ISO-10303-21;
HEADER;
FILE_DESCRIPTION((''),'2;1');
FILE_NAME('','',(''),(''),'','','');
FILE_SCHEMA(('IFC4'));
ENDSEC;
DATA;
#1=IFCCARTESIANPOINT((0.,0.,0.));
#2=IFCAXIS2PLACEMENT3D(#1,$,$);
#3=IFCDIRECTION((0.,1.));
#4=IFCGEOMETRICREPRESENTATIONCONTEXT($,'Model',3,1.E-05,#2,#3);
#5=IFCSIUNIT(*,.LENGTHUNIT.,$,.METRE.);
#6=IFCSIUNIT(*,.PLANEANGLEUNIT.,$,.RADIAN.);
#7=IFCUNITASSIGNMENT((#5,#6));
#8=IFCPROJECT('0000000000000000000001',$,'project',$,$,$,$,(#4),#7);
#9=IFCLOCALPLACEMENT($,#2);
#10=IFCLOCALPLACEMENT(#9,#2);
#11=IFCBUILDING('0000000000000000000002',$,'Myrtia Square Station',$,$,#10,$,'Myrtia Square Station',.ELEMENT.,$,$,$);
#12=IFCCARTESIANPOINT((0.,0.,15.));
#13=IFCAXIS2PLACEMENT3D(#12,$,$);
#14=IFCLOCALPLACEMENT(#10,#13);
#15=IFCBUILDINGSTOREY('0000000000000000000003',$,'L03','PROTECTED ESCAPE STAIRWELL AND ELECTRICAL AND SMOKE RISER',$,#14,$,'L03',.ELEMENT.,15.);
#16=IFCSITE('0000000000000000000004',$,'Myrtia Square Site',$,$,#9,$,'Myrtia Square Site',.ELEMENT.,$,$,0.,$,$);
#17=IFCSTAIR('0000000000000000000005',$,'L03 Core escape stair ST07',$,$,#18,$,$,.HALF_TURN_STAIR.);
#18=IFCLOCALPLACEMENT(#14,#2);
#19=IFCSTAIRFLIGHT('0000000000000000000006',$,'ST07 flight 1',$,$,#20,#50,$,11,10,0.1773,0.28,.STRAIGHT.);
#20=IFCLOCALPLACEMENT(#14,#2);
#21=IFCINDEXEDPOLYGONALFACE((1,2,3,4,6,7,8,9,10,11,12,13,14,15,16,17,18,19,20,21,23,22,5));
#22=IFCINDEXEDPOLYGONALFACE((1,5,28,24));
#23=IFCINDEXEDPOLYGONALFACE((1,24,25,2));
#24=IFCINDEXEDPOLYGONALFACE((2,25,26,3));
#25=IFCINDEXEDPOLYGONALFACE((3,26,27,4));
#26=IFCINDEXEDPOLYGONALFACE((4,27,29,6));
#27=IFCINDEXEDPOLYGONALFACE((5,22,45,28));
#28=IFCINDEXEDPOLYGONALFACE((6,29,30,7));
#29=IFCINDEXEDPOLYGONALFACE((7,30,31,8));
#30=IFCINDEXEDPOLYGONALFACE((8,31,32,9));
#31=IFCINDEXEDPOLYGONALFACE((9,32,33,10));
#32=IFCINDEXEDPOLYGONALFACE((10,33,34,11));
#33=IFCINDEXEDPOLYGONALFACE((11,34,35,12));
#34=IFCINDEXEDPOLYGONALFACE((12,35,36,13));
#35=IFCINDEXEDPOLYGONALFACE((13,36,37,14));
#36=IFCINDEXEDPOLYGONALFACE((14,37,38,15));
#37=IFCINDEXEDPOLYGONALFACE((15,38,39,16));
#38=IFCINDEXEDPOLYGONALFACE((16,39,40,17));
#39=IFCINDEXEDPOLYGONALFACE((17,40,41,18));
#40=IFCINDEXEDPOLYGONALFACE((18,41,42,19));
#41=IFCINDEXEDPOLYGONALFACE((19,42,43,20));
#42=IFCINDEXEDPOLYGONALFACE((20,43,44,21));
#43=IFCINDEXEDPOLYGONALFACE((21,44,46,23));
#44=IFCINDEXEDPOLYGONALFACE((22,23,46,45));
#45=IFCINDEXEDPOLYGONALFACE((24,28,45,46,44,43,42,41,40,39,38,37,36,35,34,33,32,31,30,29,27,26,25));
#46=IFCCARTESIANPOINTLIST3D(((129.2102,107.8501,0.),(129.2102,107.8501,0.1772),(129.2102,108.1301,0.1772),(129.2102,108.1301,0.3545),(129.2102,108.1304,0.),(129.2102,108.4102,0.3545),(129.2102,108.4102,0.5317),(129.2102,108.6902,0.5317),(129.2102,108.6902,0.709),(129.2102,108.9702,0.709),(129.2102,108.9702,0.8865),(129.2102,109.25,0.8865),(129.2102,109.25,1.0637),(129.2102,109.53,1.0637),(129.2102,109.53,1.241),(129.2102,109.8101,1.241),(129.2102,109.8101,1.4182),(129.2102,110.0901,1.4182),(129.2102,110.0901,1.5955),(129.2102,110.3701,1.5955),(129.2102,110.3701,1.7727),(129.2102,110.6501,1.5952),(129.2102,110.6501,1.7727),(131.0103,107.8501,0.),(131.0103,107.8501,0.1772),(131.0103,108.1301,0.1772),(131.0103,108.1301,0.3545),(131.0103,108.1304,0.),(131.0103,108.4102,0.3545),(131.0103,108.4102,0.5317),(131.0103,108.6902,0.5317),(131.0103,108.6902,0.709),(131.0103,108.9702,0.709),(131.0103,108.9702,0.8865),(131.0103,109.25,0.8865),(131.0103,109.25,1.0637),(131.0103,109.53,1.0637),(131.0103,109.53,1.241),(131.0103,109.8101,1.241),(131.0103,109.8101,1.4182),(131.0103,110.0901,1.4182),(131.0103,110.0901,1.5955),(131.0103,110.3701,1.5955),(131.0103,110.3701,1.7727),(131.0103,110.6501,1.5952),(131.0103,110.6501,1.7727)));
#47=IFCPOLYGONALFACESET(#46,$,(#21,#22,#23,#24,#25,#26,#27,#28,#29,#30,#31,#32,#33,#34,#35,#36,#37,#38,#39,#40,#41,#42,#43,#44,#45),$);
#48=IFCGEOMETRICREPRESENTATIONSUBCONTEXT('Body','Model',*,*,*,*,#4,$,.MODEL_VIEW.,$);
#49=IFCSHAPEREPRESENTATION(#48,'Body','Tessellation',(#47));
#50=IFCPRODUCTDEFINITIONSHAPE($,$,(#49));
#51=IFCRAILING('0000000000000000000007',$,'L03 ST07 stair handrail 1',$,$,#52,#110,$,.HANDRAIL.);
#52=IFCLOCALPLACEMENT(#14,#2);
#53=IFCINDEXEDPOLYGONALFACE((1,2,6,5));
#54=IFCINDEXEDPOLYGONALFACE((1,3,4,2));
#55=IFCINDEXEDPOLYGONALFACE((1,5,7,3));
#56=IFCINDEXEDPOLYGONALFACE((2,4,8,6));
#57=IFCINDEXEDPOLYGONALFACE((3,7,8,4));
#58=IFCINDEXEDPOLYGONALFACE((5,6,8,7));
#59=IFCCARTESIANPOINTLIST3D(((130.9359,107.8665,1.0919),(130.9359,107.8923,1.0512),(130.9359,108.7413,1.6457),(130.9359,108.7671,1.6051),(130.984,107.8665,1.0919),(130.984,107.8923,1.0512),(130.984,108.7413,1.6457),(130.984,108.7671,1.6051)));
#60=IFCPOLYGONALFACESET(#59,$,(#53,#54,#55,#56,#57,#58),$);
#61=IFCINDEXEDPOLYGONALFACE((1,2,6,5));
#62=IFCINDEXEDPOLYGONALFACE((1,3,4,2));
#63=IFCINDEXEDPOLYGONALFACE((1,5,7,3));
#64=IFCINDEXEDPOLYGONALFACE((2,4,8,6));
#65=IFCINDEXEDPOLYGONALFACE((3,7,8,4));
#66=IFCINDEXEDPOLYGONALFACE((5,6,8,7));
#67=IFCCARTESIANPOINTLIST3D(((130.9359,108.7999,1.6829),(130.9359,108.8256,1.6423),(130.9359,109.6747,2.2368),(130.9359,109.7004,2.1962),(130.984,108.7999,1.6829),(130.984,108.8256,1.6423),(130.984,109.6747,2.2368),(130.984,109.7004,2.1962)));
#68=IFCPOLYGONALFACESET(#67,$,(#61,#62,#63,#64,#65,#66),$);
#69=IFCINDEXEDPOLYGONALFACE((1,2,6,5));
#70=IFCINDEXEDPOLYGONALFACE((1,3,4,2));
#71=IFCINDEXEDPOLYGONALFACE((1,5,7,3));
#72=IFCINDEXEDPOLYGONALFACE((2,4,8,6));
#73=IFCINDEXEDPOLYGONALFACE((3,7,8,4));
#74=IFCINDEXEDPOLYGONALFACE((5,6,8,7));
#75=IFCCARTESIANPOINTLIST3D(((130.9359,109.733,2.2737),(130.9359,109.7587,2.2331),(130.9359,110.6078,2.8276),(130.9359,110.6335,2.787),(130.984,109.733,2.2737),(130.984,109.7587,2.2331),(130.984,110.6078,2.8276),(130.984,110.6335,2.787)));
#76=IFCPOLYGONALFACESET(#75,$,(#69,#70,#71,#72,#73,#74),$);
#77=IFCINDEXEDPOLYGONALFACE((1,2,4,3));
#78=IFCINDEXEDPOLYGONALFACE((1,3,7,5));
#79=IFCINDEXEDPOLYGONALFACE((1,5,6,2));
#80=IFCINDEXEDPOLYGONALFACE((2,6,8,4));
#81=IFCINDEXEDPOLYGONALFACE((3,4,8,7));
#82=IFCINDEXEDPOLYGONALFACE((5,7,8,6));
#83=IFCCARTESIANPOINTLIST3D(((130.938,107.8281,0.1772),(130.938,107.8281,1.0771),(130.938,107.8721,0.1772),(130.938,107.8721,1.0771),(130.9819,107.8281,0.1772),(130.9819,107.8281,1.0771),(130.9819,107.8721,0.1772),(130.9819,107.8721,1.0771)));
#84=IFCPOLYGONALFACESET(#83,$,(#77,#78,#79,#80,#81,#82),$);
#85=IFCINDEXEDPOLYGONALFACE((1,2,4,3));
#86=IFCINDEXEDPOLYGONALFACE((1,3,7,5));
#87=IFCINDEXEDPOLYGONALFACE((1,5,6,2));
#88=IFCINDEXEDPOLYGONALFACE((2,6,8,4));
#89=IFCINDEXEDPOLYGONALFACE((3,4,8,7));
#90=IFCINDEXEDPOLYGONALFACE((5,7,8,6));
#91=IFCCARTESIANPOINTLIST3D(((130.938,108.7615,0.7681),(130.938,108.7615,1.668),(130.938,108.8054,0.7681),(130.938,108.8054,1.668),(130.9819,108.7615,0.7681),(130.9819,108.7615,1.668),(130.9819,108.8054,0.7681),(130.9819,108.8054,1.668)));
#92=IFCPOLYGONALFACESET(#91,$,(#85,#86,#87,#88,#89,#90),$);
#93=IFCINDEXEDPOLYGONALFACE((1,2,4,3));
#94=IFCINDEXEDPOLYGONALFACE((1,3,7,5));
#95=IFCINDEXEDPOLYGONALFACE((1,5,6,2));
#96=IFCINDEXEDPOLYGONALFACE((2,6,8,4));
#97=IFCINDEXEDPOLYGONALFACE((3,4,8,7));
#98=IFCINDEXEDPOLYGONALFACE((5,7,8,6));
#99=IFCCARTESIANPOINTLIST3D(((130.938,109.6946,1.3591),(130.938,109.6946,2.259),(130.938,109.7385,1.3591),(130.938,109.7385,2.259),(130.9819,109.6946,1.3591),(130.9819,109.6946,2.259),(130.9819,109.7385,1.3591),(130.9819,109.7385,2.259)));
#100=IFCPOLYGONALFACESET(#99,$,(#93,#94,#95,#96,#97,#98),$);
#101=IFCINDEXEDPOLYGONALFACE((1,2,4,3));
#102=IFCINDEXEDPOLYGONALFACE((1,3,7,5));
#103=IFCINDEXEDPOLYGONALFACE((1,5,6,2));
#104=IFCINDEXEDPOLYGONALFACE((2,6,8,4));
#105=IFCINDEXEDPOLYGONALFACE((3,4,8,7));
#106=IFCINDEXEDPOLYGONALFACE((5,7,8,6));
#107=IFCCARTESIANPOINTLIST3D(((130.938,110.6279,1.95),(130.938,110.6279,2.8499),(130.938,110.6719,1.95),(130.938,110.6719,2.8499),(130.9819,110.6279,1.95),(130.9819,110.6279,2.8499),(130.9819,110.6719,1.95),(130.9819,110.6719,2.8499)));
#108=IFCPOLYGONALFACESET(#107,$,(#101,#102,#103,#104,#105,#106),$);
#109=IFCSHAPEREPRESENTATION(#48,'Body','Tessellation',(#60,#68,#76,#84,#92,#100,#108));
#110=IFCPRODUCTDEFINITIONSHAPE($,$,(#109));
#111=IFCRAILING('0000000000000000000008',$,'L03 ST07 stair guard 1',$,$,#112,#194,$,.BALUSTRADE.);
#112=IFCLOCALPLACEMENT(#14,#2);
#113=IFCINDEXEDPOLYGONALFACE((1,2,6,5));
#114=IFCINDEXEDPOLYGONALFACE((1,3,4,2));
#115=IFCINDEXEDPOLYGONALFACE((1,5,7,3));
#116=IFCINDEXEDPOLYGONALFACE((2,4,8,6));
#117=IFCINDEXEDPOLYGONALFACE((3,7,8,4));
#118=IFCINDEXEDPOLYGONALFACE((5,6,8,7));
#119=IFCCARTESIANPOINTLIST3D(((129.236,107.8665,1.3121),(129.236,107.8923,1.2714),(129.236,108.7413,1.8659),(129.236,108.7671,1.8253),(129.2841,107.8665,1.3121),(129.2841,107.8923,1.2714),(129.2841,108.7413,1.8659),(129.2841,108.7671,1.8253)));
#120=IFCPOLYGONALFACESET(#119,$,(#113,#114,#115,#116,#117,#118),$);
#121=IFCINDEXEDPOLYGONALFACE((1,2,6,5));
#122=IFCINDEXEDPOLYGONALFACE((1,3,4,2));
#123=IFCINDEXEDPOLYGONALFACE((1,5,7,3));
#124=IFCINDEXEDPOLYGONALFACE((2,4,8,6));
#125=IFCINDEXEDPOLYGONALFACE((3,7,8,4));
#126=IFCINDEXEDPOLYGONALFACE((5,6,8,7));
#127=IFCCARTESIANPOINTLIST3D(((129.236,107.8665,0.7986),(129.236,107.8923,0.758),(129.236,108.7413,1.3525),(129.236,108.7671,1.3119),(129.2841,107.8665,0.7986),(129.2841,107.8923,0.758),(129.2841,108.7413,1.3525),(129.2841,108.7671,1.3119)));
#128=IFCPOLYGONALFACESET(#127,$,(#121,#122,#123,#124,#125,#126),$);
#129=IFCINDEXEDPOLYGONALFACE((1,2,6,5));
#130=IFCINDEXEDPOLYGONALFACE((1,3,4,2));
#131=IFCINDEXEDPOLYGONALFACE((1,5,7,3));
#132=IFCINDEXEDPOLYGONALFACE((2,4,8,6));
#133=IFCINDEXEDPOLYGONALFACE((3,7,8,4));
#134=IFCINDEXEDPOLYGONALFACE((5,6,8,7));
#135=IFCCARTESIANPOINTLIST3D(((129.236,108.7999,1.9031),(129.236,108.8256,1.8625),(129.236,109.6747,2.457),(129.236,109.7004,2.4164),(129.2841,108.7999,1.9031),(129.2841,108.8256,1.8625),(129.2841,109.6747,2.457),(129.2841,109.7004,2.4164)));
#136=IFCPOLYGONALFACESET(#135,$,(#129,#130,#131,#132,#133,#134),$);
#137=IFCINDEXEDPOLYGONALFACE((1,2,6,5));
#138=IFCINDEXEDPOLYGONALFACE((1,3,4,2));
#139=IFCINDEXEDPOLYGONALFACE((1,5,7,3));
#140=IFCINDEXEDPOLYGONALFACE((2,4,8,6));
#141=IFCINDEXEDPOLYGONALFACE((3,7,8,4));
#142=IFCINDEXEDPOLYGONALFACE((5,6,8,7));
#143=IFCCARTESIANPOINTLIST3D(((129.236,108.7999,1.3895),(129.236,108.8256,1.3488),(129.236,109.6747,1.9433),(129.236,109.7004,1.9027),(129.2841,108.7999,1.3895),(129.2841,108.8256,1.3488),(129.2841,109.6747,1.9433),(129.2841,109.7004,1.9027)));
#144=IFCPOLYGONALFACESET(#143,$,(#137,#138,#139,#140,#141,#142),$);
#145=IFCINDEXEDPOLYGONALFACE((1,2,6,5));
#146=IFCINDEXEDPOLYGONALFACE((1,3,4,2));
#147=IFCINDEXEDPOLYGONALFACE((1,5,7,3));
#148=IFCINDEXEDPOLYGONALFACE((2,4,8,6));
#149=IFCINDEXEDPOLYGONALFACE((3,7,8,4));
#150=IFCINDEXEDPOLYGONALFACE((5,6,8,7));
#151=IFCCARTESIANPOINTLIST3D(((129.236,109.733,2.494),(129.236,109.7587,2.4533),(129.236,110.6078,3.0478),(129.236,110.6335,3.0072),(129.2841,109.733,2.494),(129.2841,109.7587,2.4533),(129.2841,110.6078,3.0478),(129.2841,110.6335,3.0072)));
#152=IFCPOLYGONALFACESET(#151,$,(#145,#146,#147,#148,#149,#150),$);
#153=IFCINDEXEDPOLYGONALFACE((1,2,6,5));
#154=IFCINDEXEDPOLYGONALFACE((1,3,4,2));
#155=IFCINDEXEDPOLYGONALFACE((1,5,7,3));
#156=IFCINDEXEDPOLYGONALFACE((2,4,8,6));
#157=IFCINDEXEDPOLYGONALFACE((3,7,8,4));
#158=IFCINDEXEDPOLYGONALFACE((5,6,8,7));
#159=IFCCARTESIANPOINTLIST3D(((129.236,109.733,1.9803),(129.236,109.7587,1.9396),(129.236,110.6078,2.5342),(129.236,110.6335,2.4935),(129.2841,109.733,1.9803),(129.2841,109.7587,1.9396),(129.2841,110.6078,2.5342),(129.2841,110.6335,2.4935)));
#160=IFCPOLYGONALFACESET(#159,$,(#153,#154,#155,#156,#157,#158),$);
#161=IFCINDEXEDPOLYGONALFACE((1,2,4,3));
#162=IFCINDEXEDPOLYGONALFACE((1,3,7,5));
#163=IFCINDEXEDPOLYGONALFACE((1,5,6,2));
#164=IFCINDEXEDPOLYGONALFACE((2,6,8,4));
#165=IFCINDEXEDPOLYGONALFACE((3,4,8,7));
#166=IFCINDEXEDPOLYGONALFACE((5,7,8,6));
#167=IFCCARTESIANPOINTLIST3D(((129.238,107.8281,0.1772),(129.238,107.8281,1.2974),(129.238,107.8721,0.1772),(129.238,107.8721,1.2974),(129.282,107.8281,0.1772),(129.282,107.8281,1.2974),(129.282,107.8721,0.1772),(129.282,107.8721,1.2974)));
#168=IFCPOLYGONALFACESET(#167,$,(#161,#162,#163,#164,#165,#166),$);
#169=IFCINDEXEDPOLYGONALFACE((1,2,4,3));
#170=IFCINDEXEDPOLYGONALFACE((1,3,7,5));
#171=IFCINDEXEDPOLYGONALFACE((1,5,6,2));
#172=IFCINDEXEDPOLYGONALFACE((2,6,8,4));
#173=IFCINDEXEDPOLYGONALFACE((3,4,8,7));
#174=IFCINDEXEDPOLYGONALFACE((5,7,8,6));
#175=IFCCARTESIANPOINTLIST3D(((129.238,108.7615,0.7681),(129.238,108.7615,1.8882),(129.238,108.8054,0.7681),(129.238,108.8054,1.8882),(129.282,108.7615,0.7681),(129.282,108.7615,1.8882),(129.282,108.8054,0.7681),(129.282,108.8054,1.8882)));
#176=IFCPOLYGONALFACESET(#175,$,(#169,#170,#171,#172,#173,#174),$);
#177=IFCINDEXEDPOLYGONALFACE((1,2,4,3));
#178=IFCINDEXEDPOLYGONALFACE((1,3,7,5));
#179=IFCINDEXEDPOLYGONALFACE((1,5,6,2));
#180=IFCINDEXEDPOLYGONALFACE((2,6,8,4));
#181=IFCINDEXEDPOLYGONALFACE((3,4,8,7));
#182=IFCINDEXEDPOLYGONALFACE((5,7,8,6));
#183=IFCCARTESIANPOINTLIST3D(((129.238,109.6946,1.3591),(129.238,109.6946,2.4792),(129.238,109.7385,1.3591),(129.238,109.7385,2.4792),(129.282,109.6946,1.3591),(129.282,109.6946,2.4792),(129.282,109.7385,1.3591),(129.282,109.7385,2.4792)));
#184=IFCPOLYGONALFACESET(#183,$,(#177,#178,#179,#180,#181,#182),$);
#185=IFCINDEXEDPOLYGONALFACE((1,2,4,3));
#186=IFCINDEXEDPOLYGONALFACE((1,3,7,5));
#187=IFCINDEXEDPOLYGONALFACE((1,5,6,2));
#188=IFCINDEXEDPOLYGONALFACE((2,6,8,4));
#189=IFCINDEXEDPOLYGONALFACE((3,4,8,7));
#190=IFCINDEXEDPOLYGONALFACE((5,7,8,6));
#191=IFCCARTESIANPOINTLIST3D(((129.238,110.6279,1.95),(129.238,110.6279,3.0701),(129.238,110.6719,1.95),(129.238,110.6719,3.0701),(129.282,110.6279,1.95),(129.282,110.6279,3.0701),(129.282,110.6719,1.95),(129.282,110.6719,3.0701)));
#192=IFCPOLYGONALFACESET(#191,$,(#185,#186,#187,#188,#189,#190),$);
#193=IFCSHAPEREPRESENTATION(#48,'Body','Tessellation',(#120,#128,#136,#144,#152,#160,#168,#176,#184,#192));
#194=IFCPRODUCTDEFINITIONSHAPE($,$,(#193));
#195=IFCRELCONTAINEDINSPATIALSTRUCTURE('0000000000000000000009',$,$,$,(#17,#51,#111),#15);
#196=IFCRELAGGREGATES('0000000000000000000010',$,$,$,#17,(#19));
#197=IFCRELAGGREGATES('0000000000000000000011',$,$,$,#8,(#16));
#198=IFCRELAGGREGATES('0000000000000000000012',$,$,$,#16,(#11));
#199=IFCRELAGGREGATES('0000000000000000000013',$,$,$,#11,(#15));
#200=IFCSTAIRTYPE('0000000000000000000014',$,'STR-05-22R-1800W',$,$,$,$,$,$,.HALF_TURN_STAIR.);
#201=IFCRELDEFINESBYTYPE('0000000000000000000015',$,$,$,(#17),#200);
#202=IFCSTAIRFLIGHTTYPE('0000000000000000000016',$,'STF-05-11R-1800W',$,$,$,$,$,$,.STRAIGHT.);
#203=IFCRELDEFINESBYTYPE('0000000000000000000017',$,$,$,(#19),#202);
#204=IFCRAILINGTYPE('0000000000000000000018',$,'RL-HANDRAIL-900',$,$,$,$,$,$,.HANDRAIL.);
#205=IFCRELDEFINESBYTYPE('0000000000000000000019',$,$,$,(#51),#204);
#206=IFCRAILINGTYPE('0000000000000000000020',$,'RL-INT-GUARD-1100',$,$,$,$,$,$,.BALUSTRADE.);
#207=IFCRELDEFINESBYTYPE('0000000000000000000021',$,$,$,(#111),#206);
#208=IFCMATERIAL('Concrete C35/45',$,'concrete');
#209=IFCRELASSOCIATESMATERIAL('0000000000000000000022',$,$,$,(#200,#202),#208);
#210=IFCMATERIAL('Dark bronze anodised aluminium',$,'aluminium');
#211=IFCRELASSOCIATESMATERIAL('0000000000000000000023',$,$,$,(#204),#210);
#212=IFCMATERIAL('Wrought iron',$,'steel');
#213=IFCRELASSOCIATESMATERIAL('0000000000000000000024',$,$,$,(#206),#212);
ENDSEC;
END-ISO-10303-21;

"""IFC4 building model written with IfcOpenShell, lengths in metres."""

from ifc_helpers import new_model, si_unit, direction, frame, origin, origin_2d, place, context, subcontext, project, spatial, polyline, rectangle, outline, extrude, material, type_object, element, aggregate, save


model = new_model("IFC4")

# Units and contexts
model_context = context("Model", 3, precision=1e-05, world=origin(), true_north=direction((0.0, 1.0)))
body_context = subcontext(model_context, "Body", "Model", "MODEL_VIEW")
ifc_project = project(units=[si_unit("LENGTHUNIT", "METRE"), si_unit("PLANEANGLEUNIT", "RADIAN")], contexts=[model_context])

# Site, building, storey
site_placement = place(None, origin())
site = spatial("IfcSite", under=ifc_project, at=site_placement, Name="Myrtia Square Site", LongName="Myrtia Square Site", CompositionType="ELEMENT", RefElevation=0.0)
building_placement = place(site_placement, origin())
building = spatial("IfcBuilding", under=site, at=building_placement, Name="Myrtia Square Station", LongName="Myrtia Square Station", CompositionType="ELEMENT")
storey_placement = place(building_placement, frame((0.0, 0.0, 15.0)))
storey = spatial("IfcBuildingStorey", under=building, at=storey_placement, Name="L03", Description="PROTECTED ESCAPE STAIRWELL AND ELECTRICAL AND SMOKE RISER", LongName="L03", CompositionType="ELEMENT", Elevation=15.0)

# Shared definitions
ifc_material_1 = material(Name="Concrete C35/45", Category="concrete")
ifc_material_2 = material(Name="Dark bronze anodised aluminium", Category="aluminium")

# Stair, stair flight
stair_type = type_object("IfcStairType", Name="STR-05-22R-1800W", PredefinedType="HALF_TURN_STAIR", material=ifc_material_1)
stair_placement = place(storey_placement, origin())
stair = element("IfcStair", 1, at=stair_placement, inside=storey, type_object=stair_type, Name="L03 Core escape stair ST07", PredefinedType="HALF_TURN_STAIR")
stair_flight_type = type_object("IfcStairFlightType", Name="STF-05-11R-1800W", PredefinedType="STRAIGHT", material=ifc_material_1)
stair_flight_placement = place(storey_placement, frame((130.1101, 107.8501, 0.0), z_axis=(0.0, 0.0, 1.0), x_axis=(0.0, 1.0, 0.0)))
stair_flight = element("IfcStairFlight", 2, at=stair_flight_placement, type_object=stair_flight_type, Name="ST07 flight 1", NumberOfRisers=11, NumberOfTreads=10, PredefinedType="STRAIGHT", RiserHeight=0.1773, TreadLength=0.28, context=body_context, shape_type="SweptSolid", body=[
    extrude(outline(polyline([(0.0, 0.0), (0.0, 0.1772), (0.28, 0.1772), (0.28, 0.3545), (0.5601, 0.3545), (0.5601, 0.5317), (0.8401, 0.5317), (0.8401, 0.709), (1.1201, 0.709), (1.1201, 0.8865), (1.3999, 0.8865), (1.3999, 1.0637), (1.6799, 1.0637), (1.6799, 1.241), (1.96, 1.241), (1.96, 1.4182), (2.24, 1.4182), (2.24, 1.5955), (2.52, 1.5955), (2.52, 1.7727), (2.8, 1.7727), (2.8, 1.95), (2.8, 1.5952), (0.2803, 0.0), (0.0, 0.0)])), frame((0.0, 0.8999, 0.0), z_axis=(0.0, -1.0, 0.0), x_axis=(1.0, 0.0, 0.0)), (0.0, 0.0, 1.0), 1.8),
])
aggregate(stair, [stair_flight])

# Railings
railing_type_1 = type_object("IfcRailingType", Name="RL-HANDRAIL-900", PredefinedType="HANDRAIL", material=ifc_material_2)
railing_1_placement = place(storey_placement, frame((130.96, 107.8501, 0.1772)))
element("IfcRailing", 3, at=railing_1_placement, inside=storey, type_object=railing_type_1, Name="L03 ST07 stair handrail 1", PredefinedType="HANDRAIL", context=body_context, shape_type="SweptSolid", body=[
    extrude(rectangle(XDim=0.0481, YDim=0.0481, at=origin_2d()), frame((0.0, 0.0293, 0.8943), z_axis=(0.0, 0.844888, 0.534943), x_axis=(-1.0, 0.0, 0.0)), (0.0, 0.0, 1.0), 1.0354),
    extrude(rectangle(XDim=0.0481, YDim=0.0481, at=origin_2d()), frame((0.0, 0.9626, 1.4854), z_axis=(0.0, 0.844888, 0.534943), x_axis=(-1.0, 0.0, 0.0)), (0.0, 0.0, 1.0), 1.0354),
    extrude(rectangle(XDim=0.0481, YDim=0.0481, at=origin_2d()), frame((0.0, 1.8958, 2.0762), z_axis=(0.0, 0.844888, 0.534943), x_axis=(-1.0, 0.0, 0.0)), (0.0, 0.0, 1.0), 1.0354),
    extrude(rectangle(XDim=0.0439, YDim=0.0439, at=origin_2d()), origin(), (0.0, 0.0, 1.0), 0.8999),
    extrude(rectangle(XDim=0.0439, YDim=0.0439, at=origin_2d()), frame((0.0, 0.9333, 0.5908)), (0.0, 0.0, 1.0), 0.8999),
    extrude(rectangle(XDim=0.0439, YDim=0.0439, at=origin_2d()), frame((0.0, 1.8665, 1.1819)), (0.0, 0.0, 1.0), 0.8999),
    extrude(rectangle(XDim=0.0439, YDim=0.0439, at=origin_2d()), frame((0.0, 2.7998, 1.7727)), (0.0, 0.0, 1.0), 0.8999),
])
ifc_material_3 = material(Name="Wrought iron", Category="steel")
railing_type_2 = type_object("IfcRailingType", Name="RL-INT-GUARD-1100", PredefinedType="BALUSTRADE", material=ifc_material_3)
railing_2_placement = place(storey_placement, frame((129.26, 107.8501, 0.1772)))
element("IfcRailing", 4, at=railing_2_placement, inside=storey, type_object=railing_type_2, Name="L03 ST07 stair guard 1", PredefinedType="BALUSTRADE", context=body_context, shape_type="SweptSolid", body=[
    extrude(rectangle(XDim=0.0481, YDim=0.0481, at=origin_2d()), frame((0.0, 0.0293, 1.1145), z_axis=(0.0, 0.844888, 0.534943), x_axis=(-1.0, 0.0, 0.0)), (0.0, 0.0, 1.0), 1.0354),
    extrude(rectangle(XDim=0.0481, YDim=0.0481, at=origin_2d()), frame((0.0, 0.0293, 0.6011), z_axis=(0.0, 0.844888, 0.534943), x_axis=(-1.0, 0.0, 0.0)), (0.0, 0.0, 1.0), 1.0354),
    extrude(rectangle(XDim=0.0481, YDim=0.0481, at=origin_2d()), frame((0.0, 0.9626, 1.7056), z_axis=(0.0, 0.844888, 0.534943), x_axis=(-1.0, 0.0, 0.0)), (0.0, 0.0, 1.0), 1.0354),
    extrude(rectangle(XDim=0.0481, YDim=0.0481, at=origin_2d()), frame((0.0, 0.9626, 1.1919), z_axis=(0.0, 0.844888, 0.534943), x_axis=(-1.0, 0.0, 0.0)), (0.0, 0.0, 1.0), 1.0354),
    extrude(rectangle(XDim=0.0481, YDim=0.0481, at=origin_2d()), frame((0.0, 1.8958, 2.2964), z_axis=(0.0, 0.844888, 0.534943), x_axis=(-1.0, 0.0, 0.0)), (0.0, 0.0, 1.0), 1.0354),
    extrude(rectangle(XDim=0.0481, YDim=0.0481, at=origin_2d()), frame((0.0, 1.8958, 1.7827), z_axis=(0.0, 0.844888, 0.534943), x_axis=(-1.0, 0.0, 0.0)), (0.0, 0.0, 1.0), 1.0354),
    extrude(rectangle(XDim=0.0439, YDim=0.0439, at=origin_2d()), origin(), (0.0, 0.0, 1.0), 1.1201),
    extrude(rectangle(XDim=0.0439, YDim=0.0439, at=origin_2d()), frame((0.0, 0.9333, 0.5908)), (0.0, 0.0, 1.0), 1.1201),
    extrude(rectangle(XDim=0.0439, YDim=0.0439, at=origin_2d()), frame((0.0, 1.8665, 1.1819)), (0.0, 0.0, 1.0), 1.1201),
    extrude(rectangle(XDim=0.0439, YDim=0.0439, at=origin_2d()), frame((0.0, 2.7998, 1.7727)), (0.0, 0.0, 1.0), 1.1201),
])

save(model, "model.ifc")
